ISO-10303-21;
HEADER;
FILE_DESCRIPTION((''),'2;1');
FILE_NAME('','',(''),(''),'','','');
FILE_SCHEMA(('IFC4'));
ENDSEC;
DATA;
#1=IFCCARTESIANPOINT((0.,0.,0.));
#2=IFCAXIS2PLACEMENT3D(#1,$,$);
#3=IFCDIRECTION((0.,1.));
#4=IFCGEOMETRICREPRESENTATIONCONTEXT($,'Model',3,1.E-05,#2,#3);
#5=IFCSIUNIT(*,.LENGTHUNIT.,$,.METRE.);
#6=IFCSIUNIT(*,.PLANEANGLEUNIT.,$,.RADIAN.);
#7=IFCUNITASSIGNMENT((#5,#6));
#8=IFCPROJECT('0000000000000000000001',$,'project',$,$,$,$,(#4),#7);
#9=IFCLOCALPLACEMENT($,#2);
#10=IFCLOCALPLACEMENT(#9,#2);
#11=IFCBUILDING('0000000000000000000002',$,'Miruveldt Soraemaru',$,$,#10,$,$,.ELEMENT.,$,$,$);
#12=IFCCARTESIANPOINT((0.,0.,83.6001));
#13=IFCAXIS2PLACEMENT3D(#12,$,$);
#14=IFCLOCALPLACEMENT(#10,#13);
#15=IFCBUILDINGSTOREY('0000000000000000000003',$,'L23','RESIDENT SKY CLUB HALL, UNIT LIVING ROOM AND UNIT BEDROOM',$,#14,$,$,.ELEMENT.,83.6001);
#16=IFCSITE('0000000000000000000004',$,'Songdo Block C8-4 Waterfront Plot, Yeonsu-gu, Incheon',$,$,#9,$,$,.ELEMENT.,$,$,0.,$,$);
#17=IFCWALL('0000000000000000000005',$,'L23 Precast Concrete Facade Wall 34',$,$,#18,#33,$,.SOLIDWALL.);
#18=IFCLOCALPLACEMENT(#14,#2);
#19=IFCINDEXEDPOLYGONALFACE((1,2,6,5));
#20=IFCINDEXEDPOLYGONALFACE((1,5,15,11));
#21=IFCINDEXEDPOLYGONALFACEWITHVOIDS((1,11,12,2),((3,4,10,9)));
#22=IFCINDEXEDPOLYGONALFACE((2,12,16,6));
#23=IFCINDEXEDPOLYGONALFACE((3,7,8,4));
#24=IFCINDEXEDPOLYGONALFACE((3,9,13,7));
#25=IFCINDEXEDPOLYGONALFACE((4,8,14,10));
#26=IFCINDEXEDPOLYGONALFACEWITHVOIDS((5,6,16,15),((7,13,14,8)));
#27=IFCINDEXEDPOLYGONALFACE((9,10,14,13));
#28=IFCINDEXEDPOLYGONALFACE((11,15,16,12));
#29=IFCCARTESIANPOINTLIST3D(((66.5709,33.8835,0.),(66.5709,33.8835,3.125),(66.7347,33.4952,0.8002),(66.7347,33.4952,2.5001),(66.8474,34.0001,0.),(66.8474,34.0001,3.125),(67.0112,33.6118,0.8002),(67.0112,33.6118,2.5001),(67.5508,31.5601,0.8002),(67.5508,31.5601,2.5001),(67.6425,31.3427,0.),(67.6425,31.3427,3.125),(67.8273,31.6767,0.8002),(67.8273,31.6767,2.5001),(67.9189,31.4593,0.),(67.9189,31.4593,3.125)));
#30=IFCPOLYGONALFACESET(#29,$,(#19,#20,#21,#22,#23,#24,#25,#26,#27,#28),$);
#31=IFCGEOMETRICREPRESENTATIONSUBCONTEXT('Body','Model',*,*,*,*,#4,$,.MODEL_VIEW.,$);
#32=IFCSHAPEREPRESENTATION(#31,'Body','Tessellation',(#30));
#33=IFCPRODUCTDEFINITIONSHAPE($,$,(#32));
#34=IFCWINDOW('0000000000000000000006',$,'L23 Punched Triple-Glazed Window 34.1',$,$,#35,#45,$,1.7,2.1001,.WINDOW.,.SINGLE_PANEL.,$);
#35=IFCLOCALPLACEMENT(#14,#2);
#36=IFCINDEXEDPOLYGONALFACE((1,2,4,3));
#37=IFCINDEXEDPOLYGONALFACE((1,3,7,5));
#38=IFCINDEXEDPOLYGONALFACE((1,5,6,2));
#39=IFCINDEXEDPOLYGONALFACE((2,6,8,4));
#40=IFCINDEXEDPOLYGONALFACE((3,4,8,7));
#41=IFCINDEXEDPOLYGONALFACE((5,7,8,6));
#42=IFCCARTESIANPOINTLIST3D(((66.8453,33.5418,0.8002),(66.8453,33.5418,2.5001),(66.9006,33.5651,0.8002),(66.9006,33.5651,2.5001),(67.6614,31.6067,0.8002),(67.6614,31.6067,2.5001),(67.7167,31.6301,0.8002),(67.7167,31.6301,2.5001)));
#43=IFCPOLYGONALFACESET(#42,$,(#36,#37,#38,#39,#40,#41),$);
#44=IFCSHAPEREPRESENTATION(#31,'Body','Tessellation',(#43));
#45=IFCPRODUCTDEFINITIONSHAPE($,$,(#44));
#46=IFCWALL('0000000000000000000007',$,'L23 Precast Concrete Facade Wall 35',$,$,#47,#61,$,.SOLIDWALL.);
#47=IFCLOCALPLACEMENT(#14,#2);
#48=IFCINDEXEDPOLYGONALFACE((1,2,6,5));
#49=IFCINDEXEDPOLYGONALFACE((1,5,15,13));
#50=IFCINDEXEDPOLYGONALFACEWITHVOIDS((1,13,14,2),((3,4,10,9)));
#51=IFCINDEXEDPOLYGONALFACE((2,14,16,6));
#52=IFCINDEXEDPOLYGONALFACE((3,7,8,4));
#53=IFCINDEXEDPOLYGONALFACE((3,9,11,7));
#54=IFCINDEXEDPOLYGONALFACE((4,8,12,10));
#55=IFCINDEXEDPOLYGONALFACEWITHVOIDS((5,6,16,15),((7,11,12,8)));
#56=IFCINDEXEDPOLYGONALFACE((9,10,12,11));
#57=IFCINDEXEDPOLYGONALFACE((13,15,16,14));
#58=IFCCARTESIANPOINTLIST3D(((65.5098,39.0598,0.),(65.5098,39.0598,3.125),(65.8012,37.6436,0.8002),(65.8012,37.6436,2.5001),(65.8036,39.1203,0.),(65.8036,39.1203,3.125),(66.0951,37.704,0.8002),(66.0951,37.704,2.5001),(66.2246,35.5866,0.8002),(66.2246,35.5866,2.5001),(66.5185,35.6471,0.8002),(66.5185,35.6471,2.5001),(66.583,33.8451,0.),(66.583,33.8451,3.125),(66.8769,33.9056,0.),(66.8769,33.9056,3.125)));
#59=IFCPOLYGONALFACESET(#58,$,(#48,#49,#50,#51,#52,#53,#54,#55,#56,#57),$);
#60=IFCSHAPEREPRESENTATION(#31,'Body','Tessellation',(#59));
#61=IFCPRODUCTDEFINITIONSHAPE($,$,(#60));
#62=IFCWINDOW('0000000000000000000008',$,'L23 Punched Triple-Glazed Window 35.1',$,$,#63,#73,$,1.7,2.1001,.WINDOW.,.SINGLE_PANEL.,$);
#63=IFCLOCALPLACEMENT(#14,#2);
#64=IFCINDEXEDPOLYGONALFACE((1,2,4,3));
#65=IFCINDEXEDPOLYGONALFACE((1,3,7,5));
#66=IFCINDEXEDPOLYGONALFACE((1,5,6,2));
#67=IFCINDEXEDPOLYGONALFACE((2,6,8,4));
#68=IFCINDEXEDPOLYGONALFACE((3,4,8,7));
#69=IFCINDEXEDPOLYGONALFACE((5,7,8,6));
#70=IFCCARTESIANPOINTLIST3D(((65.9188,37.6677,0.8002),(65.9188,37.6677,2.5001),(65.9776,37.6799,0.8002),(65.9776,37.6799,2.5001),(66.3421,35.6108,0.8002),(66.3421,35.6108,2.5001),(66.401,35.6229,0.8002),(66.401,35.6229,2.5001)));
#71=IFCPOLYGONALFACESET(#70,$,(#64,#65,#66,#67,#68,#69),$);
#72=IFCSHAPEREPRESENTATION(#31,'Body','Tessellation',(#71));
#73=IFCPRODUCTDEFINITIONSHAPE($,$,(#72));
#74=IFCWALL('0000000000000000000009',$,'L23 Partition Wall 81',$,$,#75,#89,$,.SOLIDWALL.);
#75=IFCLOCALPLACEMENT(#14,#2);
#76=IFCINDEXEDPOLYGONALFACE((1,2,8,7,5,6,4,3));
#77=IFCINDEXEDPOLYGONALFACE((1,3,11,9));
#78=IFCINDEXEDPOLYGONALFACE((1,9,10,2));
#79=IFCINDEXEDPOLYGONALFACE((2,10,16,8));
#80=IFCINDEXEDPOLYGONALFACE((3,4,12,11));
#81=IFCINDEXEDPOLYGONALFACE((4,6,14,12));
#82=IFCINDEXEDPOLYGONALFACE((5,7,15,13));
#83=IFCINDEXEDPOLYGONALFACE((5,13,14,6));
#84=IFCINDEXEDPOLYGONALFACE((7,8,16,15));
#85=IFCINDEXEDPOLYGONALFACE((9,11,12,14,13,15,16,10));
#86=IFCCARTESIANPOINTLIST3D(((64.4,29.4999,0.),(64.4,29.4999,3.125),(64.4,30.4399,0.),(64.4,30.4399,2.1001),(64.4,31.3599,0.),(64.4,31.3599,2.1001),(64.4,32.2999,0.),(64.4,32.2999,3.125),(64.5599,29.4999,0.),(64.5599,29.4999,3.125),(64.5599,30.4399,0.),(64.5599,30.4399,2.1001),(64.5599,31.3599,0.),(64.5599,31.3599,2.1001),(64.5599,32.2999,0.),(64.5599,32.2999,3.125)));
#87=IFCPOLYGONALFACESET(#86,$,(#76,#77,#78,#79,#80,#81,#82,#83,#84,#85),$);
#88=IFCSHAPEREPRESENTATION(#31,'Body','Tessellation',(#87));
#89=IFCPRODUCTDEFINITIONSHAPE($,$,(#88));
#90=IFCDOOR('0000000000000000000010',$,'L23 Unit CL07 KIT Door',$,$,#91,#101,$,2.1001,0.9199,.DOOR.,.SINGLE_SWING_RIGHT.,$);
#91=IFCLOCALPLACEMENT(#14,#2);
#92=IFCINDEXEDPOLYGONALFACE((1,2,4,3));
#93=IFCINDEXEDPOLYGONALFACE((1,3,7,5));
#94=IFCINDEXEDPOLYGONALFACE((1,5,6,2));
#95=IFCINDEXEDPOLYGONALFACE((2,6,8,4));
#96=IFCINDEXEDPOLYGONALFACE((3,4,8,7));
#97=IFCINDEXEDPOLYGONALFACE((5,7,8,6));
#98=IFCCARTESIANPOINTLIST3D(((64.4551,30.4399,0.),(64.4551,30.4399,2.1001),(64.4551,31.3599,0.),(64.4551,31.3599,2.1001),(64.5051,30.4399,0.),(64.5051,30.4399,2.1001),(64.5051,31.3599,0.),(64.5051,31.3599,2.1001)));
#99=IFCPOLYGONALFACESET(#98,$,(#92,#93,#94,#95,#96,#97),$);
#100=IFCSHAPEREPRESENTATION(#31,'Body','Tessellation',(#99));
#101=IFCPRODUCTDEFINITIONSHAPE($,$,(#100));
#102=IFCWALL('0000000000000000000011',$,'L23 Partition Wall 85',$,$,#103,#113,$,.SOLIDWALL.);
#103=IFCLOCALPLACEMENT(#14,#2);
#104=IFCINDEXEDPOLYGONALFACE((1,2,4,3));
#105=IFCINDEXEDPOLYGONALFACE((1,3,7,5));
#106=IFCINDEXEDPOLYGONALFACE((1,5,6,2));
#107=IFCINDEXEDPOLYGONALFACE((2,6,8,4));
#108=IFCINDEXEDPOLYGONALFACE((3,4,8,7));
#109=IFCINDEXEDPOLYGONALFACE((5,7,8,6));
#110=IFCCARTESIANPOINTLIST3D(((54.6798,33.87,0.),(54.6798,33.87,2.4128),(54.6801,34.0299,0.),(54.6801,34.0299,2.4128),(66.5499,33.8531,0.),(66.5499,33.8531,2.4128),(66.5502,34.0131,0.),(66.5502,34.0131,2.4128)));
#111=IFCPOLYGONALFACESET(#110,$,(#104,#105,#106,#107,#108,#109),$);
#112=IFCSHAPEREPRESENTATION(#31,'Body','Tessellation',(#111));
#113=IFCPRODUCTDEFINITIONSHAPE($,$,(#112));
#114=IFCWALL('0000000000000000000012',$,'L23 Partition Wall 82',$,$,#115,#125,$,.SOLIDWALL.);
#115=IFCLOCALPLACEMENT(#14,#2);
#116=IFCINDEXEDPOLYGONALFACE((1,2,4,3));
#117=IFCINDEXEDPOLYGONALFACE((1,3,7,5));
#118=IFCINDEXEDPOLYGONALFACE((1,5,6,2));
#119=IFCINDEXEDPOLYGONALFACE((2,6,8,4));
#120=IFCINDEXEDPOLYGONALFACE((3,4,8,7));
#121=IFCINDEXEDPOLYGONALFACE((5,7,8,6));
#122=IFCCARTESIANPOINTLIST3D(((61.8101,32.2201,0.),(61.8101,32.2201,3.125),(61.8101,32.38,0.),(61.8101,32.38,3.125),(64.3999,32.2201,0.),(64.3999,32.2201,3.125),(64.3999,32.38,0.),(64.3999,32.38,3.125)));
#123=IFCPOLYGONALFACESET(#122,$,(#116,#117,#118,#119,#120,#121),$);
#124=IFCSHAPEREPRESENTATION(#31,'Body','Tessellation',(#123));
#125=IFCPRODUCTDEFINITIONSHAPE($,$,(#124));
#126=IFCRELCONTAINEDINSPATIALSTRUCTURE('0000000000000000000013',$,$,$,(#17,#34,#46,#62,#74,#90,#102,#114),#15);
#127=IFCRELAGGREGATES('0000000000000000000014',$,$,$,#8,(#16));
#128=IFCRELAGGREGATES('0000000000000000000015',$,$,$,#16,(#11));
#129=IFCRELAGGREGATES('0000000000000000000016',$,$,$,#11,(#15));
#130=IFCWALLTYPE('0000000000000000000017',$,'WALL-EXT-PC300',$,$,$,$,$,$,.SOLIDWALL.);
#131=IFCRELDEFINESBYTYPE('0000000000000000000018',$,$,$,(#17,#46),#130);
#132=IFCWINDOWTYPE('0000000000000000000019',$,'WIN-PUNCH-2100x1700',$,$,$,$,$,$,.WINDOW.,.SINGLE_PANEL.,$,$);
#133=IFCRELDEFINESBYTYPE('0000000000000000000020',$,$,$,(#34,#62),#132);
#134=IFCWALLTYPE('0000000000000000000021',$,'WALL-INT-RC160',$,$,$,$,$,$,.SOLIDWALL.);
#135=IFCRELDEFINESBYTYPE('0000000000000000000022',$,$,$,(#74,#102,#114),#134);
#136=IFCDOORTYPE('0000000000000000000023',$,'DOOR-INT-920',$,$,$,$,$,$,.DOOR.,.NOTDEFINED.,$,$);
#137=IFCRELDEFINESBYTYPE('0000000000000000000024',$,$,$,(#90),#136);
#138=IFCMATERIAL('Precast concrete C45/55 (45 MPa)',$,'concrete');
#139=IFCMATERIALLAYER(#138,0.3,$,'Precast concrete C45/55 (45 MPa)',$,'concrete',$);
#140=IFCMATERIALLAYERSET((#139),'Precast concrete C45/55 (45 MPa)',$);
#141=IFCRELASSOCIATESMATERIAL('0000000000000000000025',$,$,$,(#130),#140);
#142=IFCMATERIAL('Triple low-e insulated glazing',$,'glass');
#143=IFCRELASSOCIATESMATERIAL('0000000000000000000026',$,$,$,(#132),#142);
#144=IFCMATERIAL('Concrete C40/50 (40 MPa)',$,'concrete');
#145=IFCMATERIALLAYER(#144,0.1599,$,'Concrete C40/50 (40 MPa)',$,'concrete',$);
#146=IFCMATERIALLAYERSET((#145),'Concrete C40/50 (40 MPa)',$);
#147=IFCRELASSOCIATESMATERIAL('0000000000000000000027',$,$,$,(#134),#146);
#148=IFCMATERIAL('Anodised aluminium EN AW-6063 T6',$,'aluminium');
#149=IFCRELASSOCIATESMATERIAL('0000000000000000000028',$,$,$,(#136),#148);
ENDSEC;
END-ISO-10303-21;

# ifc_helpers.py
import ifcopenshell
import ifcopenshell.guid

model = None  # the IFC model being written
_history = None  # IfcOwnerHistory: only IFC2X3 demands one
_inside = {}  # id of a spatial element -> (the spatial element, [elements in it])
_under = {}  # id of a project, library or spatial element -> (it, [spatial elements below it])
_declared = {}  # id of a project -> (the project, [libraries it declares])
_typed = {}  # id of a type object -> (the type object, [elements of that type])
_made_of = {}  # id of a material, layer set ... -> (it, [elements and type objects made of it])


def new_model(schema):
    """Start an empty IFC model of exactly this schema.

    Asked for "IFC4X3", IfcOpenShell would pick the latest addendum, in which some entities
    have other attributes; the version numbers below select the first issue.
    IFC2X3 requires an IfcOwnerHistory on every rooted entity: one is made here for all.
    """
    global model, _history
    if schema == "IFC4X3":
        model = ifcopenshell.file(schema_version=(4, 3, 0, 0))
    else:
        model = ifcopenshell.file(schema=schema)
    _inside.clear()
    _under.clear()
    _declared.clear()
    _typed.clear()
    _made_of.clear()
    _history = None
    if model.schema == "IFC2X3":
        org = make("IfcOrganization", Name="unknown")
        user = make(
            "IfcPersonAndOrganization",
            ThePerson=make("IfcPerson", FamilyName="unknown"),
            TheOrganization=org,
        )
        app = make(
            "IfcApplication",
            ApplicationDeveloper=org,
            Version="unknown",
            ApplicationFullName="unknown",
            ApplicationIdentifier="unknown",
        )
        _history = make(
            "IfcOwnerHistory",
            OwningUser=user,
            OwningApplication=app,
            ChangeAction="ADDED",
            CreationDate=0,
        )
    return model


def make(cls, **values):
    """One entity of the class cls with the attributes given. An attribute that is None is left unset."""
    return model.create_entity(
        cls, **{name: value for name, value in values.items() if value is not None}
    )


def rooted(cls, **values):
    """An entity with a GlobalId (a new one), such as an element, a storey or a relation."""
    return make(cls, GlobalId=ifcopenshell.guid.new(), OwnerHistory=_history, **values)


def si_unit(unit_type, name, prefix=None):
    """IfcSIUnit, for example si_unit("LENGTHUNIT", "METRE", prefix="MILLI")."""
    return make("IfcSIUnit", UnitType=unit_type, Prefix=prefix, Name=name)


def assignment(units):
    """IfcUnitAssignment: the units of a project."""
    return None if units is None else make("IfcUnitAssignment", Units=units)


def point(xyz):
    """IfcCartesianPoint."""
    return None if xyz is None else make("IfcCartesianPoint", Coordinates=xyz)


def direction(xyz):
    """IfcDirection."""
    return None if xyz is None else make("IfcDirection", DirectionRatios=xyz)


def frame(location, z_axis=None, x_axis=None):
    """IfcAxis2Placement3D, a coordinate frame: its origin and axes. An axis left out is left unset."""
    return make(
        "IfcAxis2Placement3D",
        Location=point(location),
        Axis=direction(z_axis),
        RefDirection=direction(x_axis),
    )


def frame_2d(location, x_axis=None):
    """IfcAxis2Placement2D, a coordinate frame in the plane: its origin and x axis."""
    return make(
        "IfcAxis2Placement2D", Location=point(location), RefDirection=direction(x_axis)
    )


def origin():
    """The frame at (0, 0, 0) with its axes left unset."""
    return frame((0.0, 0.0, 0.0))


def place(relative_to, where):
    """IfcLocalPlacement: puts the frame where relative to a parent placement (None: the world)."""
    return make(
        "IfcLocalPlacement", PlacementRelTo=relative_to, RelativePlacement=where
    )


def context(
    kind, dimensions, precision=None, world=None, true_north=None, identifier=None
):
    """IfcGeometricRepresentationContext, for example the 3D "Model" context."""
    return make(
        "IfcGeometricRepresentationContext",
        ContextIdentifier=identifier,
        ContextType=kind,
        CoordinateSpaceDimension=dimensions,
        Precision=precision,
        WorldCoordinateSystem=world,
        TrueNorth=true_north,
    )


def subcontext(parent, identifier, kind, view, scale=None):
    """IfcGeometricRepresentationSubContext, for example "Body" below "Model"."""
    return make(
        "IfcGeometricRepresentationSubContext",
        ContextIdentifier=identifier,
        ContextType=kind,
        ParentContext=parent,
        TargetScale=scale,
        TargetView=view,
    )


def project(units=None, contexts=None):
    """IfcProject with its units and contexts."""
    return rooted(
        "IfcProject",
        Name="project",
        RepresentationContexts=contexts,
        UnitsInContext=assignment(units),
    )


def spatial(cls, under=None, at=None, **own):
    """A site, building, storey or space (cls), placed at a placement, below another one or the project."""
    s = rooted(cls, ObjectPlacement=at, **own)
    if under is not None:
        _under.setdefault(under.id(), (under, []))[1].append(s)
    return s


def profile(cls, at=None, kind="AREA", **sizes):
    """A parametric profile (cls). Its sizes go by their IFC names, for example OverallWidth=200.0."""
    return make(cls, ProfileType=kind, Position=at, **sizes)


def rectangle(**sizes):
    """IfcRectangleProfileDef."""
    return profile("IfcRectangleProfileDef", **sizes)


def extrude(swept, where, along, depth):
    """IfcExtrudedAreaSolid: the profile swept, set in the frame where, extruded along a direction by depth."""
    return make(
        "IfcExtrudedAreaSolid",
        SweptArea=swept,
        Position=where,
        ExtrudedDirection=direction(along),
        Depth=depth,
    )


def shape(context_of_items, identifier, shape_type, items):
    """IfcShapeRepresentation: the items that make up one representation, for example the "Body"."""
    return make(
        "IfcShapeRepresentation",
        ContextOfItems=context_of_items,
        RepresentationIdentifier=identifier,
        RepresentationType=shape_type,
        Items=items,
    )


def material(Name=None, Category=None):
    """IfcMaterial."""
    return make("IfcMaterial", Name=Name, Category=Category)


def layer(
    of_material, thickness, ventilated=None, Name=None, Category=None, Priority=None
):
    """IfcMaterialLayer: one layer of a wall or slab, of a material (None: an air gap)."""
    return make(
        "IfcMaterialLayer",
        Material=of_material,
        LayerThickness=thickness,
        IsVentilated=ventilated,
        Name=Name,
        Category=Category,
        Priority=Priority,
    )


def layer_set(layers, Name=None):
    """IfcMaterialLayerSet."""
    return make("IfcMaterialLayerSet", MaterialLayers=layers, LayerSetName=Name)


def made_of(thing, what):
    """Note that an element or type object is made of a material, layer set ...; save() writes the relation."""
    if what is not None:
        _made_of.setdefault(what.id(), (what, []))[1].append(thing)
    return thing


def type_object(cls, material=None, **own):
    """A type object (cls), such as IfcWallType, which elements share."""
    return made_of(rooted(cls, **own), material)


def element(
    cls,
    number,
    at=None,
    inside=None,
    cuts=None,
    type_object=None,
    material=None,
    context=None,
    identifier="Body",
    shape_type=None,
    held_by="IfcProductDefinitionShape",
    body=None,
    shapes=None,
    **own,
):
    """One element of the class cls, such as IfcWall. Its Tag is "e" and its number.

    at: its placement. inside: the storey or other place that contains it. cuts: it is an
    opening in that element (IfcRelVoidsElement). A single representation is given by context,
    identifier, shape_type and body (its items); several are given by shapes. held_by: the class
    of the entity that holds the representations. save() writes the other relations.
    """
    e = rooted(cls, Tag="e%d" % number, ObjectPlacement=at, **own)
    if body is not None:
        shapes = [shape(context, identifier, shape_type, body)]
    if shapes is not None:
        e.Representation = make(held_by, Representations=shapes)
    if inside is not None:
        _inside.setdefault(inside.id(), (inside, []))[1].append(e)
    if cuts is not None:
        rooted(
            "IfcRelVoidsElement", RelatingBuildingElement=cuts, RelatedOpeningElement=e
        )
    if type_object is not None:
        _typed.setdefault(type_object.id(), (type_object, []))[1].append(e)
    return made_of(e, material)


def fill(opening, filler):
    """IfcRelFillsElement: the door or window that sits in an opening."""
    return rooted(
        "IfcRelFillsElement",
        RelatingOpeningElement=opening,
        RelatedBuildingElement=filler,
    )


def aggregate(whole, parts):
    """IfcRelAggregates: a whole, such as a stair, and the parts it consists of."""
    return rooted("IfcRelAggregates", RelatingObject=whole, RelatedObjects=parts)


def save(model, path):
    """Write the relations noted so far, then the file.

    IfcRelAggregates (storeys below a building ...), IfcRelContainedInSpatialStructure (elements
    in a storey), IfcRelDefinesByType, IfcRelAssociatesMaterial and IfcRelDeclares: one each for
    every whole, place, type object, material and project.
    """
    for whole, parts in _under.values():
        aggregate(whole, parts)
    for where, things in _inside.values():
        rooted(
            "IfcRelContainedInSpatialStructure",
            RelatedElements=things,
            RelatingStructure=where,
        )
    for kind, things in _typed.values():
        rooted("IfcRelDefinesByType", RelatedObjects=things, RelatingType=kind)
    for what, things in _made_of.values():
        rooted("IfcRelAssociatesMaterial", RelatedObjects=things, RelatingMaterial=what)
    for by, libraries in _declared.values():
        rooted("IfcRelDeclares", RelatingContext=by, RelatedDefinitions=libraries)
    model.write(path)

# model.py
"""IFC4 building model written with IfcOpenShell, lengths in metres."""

from ifc_helpers import new_model, si_unit, direction, frame, frame_2d, origin, place, context, subcontext, project, spatial, rectangle, extrude, material, layer, layer_set, type_object, element, fill, save


model = new_model("IFC4")

# Units and contexts
model_context = context("Model", 3, precision=1e-05, world=origin(), true_north=direction((0.0, 1.0)))
body_context = subcontext(model_context, "Body", "Model", "MODEL_VIEW")
ifc_project = project(units=[si_unit("LENGTHUNIT", "METRE"), si_unit("PLANEANGLEUNIT", "RADIAN")], contexts=[model_context])

# Site, building, storey
site_placement = place(None, origin())
site = spatial("IfcSite", under=ifc_project, at=site_placement, Name="Songdo Block C8-4 Waterfront Plot, Yeonsu-gu, Incheon", CompositionType="ELEMENT", RefElevation=0.0)
building_placement = place(site_placement, origin())
building = spatial("IfcBuilding", under=site, at=building_placement, Name="Miruveldt Soraemaru", CompositionType="ELEMENT")
storey_placement = place(building_placement, frame((0.0, 0.0, 83.6001)))
storey = spatial("IfcBuildingStorey", under=building, at=storey_placement, Name="L23", Description="RESIDENT SKY CLUB HALL, UNIT LIVING ROOM AND UNIT BEDROOM", CompositionType="ELEMENT", Elevation=83.6001)

# Walls, openings, windows
ifc_material_1 = material(Name="Precast concrete C45/55 (45 MPa)", Category="concrete")
ifc_layer_1 = layer(ifc_material_1, 0.3, Name="Precast concrete C45/55 (45 MPa)", Category="concrete")
ifc_layer_set_1 = layer_set([ifc_layer_1], Name="Precast concrete C45/55 (45 MPa)")
wall_type_1 = type_object("IfcWallType", Name="WALL-EXT-PC300", PredefinedType="SOLIDWALL", material=ifc_layer_set_1)
ifc_material_2 = material(Name="Triple low-e insulated glazing", Category="glass")
wall_1_placement = place(storey_placement, frame((67.7808, 31.4009, 0.0), z_axis=(0.0, 0.0, 1.0), x_axis=(-0.388591, 0.92141, 0.0)))
wall_1 = element("IfcWall", 1, at=wall_1_placement, inside=storey, type_object=wall_type_1, Name="L23 Precast Concrete Facade Wall 34", PredefinedType="SOLIDWALL", context=body_context, shape_type="SweptSolid", body=[
    extrude(rectangle(XDim=2.7576, YDim=0.3, at=frame_2d((1.3789, 0.0))), origin(), (0.0, 0.0, 1.0), 3.125),
])
opening_1_placement = place(wall_1_placement, frame((0.2361, 0.0, 0.8)))
opening_1 = element("IfcOpeningElement", 2, at=opening_1_placement, cuts=wall_1, PredefinedType="OPENING", context=body_context, shape_type="SweptSolid", body=[
    extrude(rectangle(XDim=2.1001, YDim=1.7, at=frame_2d((1.05, 0.8501))), frame((0.0, 0.1602, 0.0), z_axis=(0.0, -1.0, 0.0), x_axis=(1.0, 0.0, 0.0)), (0.0, 0.0, 1.0), 0.3201),
])
window_type_1 = type_object("IfcWindowType", Name="WIN-PUNCH-2100x1700", PartitioningType="SINGLE_PANEL", PredefinedType="WINDOW", material=ifc_material_2)
window_1_placement = place(opening_1_placement, origin())
window_1 = element("IfcWindow", 3, at=window_1_placement, inside=storey, type_object=window_type_1, Name="L23 Punched Triple-Glazed Window 34.1", OverallHeight=1.7, OverallWidth=2.1001, PartitioningType="SINGLE_PANEL", PredefinedType="WINDOW", context=body_context, shape_type="SweptSolid", body=[
    extrude(rectangle(XDim=2.1001, YDim=1.7, at=frame_2d((1.05, 0.8501))), frame((0.0, 0.03, 0.0), z_axis=(0.0, -1.0, 0.0), x_axis=(1.0, 0.0, 0.0)), (0.0, 0.0, 1.0), 0.0601),
])
fill(opening_1, window_1)
wall_2_placement = place(storey_placement, frame((66.73, 33.8752, 0.0), z_axis=(0.0, 0.0, 1.0), x_axis=(-0.20159, 0.97947, 0.0)))
wall_2 = element("IfcWall", 4, at=wall_2_placement, inside=storey, type_object=wall_type_1, Name="L23 Precast Concrete Facade Wall 35", PredefinedType="SOLIDWALL", context=body_context, shape_type="SweptSolid", body=[
    extrude(rectangle(XDim=5.324, YDim=0.3, at=frame_2d((2.6621, 0.0))), origin(), (0.0, 0.0, 1.0), 3.125),
])
opening_2_placement = place(wall_2_placement, frame((1.7781, 0.0, 0.8)))
opening_2 = element("IfcOpeningElement", 5, at=opening_2_placement, cuts=wall_2, PredefinedType="OPENING", context=body_context, shape_type="SweptSolid", body=[
    extrude(rectangle(XDim=2.1001, YDim=1.7, at=frame_2d((1.05, 0.8501))), frame((0.0, 0.1602, 0.0), z_axis=(0.0, -1.0, 0.0), x_axis=(1.0, 0.0, 0.0)), (0.0, 0.0, 1.0), 0.3201),
])
window_2_placement = place(opening_2_placement, origin())
window_2 = element("IfcWindow", 6, at=window_2_placement, inside=storey, type_object=window_type_1, Name="L23 Punched Triple-Glazed Window 35.1", OverallHeight=1.7, OverallWidth=2.1001, PartitioningType="SINGLE_PANEL", PredefinedType="WINDOW", context=body_context, shape_type="SweptSolid", body=[
    extrude(rectangle(XDim=2.1001, YDim=1.7, at=frame_2d((1.05, 0.8501))), frame((0.0, 0.03, 0.0), z_axis=(0.0, -1.0, 0.0), x_axis=(1.0, 0.0, 0.0)), (0.0, 0.0, 1.0), 0.0601),
])
fill(opening_2, window_2)

# Wall, opening, door
ifc_material_3 = material(Name="Concrete C40/50 (40 MPa)", Category="concrete")
ifc_layer_2 = layer(ifc_material_3, 0.1599, Name="Concrete C40/50 (40 MPa)", Category="concrete")
ifc_layer_set_2 = layer_set([ifc_layer_2], Name="Concrete C40/50 (40 MPa)")
wall_type_2 = type_object("IfcWallType", Name="WALL-INT-RC160", PredefinedType="SOLIDWALL", material=ifc_layer_set_2)
wall_3_placement = place(storey_placement, frame((64.48, 29.5, 0.0), z_axis=(0.0, 0.0, 1.0), x_axis=(0.0, 1.0, 0.0)))
wall_3 = element("IfcWall", 7, at=wall_3_placement, inside=storey, type_object=wall_type_2, Name="L23 Partition Wall 81", PredefinedType="SOLIDWALL", context=body_context, shape_type="SweptSolid", body=[
    extrude(rectangle(XDim=2.8, YDim=0.1599, at=frame_2d((1.3999, 0.0))), origin(), (0.0, 0.0, 1.0), 3.125),
])
opening_3_placement = place(wall_3_placement, frame((0.9399, 0.0, 0.0)))
opening_3 = element("IfcOpeningElement", 8, at=opening_3_placement, cuts=wall_3, PredefinedType="OPENING", context=body_context, shape_type="SweptSolid", body=[
    extrude(rectangle(XDim=0.9199, YDim=2.1001, at=frame_2d((0.46, 1.05))), frame((0.0, 0.0898, 0.0), z_axis=(0.0, -1.0, 0.0), x_axis=(1.0, 0.0, 0.0)), (0.0, 0.0, 1.0), 0.1799),
])
ifc_material_4 = material(Name="Anodised aluminium EN AW-6063 T6", Category="aluminium")
door_type = type_object("IfcDoorType", Name="DOOR-INT-920", OperationType="NOTDEFINED", PredefinedType="DOOR", material=ifc_material_4)
door_placement = place(opening_3_placement, origin())
door = element("IfcDoor", 9, at=door_placement, inside=storey, type_object=door_type, Name="L23 Unit CL07 KIT Door", OperationType="SINGLE_SWING_RIGHT", OverallHeight=2.1001, OverallWidth=0.9199, PredefinedType="DOOR", context=body_context, shape_type="SweptSolid", body=[
    extrude(rectangle(XDim=0.9199, YDim=2.1001, at=frame_2d((0.46, 1.05))), frame((0.0, 0.0249, 0.0), z_axis=(0.0, -1.0, 0.0), x_axis=(1.0, 0.0, 0.0)), (0.0, 0.0, 1.0), 0.05),
])
fill(opening_3, door)

# Walls
wall_4_placement = place(storey_placement, frame((66.55, 33.9331, 0.0), z_axis=(0.0, 0.0, 1.0), x_axis=(-0.999999, 0.001419, 0.0)))
element("IfcWall", 10, at=wall_4_placement, inside=storey, type_object=wall_type_2, Name="L23 Partition Wall 85", PredefinedType="SOLIDWALL", context=body_context, shape_type="SweptSolid", body=[
    extrude(rectangle(XDim=11.8701, YDim=0.1599, at=frame_2d((5.9351, 0.0))), origin(), (0.0, 0.0, 1.0), 2.4128),
])
wall_5_placement = place(storey_placement, frame((64.3999, 32.3, 0.0), z_axis=(0.0, 0.0, 1.0), x_axis=(-1.0, 0.0, 0.0)))
element("IfcWall", 11, at=wall_5_placement, inside=storey, type_object=wall_type_2, Name="L23 Partition Wall 82", PredefinedType="SOLIDWALL", context=body_context, shape_type="SweptSolid", body=[
    extrude(rectangle(XDim=2.5898, YDim=0.1599, at=frame_2d((1.2949, 0.0))), origin(), (0.0, 0.0, 1.0), 3.125),
])

save(model, "model.ifc")
